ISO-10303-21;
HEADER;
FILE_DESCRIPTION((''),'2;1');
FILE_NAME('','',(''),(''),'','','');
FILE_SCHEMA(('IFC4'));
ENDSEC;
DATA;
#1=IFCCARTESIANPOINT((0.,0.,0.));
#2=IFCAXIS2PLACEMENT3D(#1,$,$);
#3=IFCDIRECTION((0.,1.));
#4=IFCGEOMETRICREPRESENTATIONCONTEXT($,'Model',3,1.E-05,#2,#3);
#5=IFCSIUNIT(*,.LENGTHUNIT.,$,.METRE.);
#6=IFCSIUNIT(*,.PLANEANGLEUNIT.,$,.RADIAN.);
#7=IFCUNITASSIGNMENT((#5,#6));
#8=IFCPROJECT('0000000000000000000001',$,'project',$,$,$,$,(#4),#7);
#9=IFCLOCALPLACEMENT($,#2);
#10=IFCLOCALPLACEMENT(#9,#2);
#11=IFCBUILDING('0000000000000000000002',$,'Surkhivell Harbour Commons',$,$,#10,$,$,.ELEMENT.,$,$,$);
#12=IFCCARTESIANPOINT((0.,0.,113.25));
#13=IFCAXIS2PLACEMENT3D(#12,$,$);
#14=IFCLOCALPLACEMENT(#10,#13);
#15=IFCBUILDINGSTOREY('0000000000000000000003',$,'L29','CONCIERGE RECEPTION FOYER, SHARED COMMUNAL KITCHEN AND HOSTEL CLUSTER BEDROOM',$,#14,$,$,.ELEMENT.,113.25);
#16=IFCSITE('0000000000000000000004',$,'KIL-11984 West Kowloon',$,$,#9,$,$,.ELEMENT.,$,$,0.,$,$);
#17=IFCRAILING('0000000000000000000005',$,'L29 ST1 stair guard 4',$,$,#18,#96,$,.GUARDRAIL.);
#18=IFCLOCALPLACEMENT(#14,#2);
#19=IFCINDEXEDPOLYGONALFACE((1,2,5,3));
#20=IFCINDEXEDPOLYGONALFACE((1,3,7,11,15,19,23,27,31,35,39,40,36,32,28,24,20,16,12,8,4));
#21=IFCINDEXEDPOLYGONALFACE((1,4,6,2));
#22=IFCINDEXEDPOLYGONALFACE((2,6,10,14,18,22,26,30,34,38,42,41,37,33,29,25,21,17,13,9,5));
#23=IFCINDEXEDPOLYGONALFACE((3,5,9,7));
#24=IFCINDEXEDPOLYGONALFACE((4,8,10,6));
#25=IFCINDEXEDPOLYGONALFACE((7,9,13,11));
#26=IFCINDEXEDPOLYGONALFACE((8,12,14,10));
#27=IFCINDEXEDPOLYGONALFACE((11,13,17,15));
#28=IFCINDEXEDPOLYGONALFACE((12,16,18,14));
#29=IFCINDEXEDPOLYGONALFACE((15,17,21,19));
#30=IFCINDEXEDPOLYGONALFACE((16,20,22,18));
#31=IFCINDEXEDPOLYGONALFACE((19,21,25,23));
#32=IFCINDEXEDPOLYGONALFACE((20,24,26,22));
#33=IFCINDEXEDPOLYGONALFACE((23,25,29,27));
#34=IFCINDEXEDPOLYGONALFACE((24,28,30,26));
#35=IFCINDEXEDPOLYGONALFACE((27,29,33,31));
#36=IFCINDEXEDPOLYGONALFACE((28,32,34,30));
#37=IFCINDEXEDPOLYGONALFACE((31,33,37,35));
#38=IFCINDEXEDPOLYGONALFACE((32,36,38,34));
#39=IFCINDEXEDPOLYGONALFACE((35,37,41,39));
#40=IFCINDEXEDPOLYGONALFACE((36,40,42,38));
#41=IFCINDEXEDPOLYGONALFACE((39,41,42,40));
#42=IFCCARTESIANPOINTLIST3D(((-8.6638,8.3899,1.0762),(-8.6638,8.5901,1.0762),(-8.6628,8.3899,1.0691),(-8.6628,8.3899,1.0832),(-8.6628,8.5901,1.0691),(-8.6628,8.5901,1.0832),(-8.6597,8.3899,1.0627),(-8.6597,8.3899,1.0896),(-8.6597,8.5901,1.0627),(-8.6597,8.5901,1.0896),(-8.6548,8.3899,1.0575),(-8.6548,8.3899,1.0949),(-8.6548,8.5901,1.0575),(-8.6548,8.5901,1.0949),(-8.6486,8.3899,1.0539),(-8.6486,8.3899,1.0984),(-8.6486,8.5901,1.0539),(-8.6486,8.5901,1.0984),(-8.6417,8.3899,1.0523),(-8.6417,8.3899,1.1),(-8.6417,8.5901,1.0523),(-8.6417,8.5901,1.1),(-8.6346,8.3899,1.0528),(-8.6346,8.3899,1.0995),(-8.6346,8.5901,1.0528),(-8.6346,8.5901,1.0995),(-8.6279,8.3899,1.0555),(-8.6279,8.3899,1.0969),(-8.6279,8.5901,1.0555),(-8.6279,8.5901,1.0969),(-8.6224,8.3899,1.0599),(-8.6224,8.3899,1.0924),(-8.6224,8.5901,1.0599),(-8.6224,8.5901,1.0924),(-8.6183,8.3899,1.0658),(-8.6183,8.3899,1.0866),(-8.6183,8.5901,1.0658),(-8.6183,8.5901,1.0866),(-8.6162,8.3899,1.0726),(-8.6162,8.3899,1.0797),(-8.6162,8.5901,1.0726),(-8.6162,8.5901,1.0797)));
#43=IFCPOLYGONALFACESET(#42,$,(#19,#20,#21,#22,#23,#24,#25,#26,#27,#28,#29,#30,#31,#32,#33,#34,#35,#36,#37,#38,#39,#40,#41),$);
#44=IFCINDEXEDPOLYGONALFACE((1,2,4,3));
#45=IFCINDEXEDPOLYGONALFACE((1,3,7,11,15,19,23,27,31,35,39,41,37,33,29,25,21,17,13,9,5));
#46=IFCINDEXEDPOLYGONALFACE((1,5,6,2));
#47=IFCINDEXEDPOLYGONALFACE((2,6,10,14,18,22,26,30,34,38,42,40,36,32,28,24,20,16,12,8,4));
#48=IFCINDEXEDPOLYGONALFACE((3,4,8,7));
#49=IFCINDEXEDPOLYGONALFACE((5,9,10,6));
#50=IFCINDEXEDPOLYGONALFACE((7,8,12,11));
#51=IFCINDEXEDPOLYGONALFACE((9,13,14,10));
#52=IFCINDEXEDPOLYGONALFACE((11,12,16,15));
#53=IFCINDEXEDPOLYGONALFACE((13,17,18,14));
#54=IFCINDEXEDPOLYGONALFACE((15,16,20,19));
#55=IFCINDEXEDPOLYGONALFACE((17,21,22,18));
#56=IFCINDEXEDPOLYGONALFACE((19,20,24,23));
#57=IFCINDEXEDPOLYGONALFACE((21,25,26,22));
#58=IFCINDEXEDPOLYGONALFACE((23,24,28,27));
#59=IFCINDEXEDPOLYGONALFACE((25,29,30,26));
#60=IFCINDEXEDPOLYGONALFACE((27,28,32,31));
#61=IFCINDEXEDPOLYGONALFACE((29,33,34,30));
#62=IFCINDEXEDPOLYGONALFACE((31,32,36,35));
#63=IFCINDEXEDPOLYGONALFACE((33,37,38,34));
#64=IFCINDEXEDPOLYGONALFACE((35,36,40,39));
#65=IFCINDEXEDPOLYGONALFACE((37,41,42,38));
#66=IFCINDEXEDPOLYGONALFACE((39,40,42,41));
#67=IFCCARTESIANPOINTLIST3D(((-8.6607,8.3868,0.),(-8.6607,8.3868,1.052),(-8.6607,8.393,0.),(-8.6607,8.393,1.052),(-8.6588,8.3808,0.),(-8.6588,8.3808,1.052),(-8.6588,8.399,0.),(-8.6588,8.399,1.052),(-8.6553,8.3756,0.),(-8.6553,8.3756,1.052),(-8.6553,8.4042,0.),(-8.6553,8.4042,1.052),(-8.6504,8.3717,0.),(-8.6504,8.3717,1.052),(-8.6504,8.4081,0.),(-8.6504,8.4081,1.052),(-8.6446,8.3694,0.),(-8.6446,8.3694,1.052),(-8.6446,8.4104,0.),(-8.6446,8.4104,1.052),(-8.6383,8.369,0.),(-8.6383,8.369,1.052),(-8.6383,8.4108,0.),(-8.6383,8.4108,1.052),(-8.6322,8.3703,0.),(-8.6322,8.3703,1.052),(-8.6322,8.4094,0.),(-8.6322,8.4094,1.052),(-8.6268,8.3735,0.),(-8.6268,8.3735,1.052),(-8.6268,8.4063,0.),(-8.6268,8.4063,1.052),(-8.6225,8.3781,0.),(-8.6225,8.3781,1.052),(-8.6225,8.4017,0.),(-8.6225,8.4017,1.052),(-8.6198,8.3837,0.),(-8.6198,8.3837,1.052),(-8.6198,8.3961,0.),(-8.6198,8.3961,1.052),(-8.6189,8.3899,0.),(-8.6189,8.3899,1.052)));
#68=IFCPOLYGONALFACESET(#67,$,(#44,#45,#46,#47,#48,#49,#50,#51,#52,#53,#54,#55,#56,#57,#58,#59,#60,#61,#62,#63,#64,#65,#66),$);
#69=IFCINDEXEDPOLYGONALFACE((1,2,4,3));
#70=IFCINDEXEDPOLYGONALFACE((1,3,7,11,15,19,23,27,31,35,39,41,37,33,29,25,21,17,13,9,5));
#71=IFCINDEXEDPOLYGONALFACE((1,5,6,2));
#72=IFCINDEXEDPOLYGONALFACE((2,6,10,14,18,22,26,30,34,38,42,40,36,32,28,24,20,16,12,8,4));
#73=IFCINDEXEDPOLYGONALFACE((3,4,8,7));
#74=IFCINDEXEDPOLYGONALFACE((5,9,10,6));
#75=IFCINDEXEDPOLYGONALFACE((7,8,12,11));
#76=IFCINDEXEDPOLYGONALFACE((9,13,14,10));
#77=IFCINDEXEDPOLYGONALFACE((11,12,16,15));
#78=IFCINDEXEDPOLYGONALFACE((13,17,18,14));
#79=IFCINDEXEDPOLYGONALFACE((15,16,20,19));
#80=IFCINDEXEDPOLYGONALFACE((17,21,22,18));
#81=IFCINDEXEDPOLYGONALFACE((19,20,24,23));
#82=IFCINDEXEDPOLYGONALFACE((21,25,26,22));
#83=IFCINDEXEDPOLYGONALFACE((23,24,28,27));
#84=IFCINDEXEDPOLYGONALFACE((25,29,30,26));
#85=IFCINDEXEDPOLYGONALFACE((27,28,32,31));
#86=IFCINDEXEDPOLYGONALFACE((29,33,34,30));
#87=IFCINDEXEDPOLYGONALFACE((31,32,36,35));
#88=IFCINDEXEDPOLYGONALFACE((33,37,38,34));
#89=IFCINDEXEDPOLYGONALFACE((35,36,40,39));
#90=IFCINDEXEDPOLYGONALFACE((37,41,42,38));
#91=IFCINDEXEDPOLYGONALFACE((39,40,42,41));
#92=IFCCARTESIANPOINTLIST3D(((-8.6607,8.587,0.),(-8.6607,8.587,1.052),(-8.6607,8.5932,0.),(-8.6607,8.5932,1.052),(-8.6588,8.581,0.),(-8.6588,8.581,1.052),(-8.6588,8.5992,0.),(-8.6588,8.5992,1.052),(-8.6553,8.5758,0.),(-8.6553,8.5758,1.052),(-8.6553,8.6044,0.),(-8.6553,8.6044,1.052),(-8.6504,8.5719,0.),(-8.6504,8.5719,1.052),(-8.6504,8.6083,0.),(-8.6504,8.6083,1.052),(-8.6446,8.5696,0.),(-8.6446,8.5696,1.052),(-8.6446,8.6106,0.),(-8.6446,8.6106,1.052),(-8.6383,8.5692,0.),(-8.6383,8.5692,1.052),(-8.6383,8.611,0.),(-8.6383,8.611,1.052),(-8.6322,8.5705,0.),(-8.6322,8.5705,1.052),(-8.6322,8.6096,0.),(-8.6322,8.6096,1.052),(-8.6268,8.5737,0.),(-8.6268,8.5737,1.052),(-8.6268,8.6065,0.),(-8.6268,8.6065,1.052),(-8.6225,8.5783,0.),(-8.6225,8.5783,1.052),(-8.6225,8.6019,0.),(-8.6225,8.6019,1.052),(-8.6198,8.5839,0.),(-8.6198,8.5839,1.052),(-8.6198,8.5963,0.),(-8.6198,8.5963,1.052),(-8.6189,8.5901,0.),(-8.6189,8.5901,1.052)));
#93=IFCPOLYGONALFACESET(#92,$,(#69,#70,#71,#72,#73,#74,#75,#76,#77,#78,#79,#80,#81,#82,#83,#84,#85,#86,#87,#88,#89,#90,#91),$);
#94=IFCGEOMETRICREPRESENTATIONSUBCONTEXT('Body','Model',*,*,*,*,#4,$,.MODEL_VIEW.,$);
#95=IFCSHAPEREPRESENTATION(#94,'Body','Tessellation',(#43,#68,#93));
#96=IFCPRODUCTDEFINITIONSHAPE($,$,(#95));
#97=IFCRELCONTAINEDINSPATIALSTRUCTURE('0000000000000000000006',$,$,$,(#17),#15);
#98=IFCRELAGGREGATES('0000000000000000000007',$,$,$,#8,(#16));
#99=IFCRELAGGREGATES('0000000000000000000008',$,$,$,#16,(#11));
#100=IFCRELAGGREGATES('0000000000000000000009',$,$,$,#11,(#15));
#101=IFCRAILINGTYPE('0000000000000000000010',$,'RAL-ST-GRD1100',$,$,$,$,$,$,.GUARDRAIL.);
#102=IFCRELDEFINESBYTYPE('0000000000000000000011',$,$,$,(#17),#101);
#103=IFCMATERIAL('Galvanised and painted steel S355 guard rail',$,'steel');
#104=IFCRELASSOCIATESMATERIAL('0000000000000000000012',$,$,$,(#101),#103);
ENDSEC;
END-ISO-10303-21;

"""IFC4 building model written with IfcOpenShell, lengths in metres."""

from ifc_helpers import new_model, si_unit, direction, frame, origin, origin_2d, place, context, subcontext, project, spatial, circle, extrude, material, type_object, element, save


model = new_model("IFC4")

# Units and contexts
model_context = context("Model", 3, precision=1e-05, world=origin(), true_north=direction((0.0, 1.0)))
body_context = subcontext(model_context, "Body", "Model", "MODEL_VIEW")
ifc_project = project(units=[si_unit("LENGTHUNIT", "METRE"), si_unit("PLANEANGLEUNIT", "RADIAN")], contexts=[model_context])

# Site, building, storey
site_placement = place(None, origin())
site = spatial("IfcSite", under=ifc_project, at=site_placement, Name="KIL-11984 West Kowloon", CompositionType="ELEMENT", RefElevation=0.0)
building_placement = place(site_placement, origin())
building = spatial("IfcBuilding", under=site, at=building_placement, Name="Surkhivell Harbour Commons", CompositionType="ELEMENT")
storey_placement = place(building_placement, frame((0.0, 0.0, 113.25)))
storey = spatial("IfcBuildingStorey", under=building, at=storey_placement, Name="L29", Description="CONCIERGE RECEPTION FOYER, SHARED COMMUNAL KITCHEN AND HOSTEL CLUSTER BEDROOM", CompositionType="ELEMENT", Elevation=113.25)

# Railing
ifc_material_1 = material(Name="Galvanised and painted steel S355 guard rail", Category="steel")
railing_type_1 = type_object("IfcRailingType", Name="RAL-ST-GRD1100", PredefinedType="GUARDRAIL", material=ifc_material_1)
railing_1_placement = place(storey_placement, frame((-8.6399, 8.3899, 0.0)))
element("IfcRailing", 1, at=railing_1_placement, inside=storey, type_object=railing_type_1, Name="L29 ST1 stair guard 4", PredefinedType="GUARDRAIL", context=body_context, shape_type="SweptSolid", body=[
    extrude(circle(Radius=0.0239, at=origin_2d()), frame((0.0, 0.0, 1.0762), z_axis=(0.0, 1.0, 0.0), x_axis=(-1.0, 0.0, 0.0)), (0.0, 0.0, 1.0), 0.2002),
    extrude(circle(Radius=0.021, at=origin_2d()), origin(), (0.0, 0.0, 1.0), 1.052),
    extrude(circle(Radius=0.021, at=origin_2d()), frame((0.0, 0.2002, 0.0)), (0.0, 0.0, 1.0), 1.052),
])

save(model, "model.ifc")
